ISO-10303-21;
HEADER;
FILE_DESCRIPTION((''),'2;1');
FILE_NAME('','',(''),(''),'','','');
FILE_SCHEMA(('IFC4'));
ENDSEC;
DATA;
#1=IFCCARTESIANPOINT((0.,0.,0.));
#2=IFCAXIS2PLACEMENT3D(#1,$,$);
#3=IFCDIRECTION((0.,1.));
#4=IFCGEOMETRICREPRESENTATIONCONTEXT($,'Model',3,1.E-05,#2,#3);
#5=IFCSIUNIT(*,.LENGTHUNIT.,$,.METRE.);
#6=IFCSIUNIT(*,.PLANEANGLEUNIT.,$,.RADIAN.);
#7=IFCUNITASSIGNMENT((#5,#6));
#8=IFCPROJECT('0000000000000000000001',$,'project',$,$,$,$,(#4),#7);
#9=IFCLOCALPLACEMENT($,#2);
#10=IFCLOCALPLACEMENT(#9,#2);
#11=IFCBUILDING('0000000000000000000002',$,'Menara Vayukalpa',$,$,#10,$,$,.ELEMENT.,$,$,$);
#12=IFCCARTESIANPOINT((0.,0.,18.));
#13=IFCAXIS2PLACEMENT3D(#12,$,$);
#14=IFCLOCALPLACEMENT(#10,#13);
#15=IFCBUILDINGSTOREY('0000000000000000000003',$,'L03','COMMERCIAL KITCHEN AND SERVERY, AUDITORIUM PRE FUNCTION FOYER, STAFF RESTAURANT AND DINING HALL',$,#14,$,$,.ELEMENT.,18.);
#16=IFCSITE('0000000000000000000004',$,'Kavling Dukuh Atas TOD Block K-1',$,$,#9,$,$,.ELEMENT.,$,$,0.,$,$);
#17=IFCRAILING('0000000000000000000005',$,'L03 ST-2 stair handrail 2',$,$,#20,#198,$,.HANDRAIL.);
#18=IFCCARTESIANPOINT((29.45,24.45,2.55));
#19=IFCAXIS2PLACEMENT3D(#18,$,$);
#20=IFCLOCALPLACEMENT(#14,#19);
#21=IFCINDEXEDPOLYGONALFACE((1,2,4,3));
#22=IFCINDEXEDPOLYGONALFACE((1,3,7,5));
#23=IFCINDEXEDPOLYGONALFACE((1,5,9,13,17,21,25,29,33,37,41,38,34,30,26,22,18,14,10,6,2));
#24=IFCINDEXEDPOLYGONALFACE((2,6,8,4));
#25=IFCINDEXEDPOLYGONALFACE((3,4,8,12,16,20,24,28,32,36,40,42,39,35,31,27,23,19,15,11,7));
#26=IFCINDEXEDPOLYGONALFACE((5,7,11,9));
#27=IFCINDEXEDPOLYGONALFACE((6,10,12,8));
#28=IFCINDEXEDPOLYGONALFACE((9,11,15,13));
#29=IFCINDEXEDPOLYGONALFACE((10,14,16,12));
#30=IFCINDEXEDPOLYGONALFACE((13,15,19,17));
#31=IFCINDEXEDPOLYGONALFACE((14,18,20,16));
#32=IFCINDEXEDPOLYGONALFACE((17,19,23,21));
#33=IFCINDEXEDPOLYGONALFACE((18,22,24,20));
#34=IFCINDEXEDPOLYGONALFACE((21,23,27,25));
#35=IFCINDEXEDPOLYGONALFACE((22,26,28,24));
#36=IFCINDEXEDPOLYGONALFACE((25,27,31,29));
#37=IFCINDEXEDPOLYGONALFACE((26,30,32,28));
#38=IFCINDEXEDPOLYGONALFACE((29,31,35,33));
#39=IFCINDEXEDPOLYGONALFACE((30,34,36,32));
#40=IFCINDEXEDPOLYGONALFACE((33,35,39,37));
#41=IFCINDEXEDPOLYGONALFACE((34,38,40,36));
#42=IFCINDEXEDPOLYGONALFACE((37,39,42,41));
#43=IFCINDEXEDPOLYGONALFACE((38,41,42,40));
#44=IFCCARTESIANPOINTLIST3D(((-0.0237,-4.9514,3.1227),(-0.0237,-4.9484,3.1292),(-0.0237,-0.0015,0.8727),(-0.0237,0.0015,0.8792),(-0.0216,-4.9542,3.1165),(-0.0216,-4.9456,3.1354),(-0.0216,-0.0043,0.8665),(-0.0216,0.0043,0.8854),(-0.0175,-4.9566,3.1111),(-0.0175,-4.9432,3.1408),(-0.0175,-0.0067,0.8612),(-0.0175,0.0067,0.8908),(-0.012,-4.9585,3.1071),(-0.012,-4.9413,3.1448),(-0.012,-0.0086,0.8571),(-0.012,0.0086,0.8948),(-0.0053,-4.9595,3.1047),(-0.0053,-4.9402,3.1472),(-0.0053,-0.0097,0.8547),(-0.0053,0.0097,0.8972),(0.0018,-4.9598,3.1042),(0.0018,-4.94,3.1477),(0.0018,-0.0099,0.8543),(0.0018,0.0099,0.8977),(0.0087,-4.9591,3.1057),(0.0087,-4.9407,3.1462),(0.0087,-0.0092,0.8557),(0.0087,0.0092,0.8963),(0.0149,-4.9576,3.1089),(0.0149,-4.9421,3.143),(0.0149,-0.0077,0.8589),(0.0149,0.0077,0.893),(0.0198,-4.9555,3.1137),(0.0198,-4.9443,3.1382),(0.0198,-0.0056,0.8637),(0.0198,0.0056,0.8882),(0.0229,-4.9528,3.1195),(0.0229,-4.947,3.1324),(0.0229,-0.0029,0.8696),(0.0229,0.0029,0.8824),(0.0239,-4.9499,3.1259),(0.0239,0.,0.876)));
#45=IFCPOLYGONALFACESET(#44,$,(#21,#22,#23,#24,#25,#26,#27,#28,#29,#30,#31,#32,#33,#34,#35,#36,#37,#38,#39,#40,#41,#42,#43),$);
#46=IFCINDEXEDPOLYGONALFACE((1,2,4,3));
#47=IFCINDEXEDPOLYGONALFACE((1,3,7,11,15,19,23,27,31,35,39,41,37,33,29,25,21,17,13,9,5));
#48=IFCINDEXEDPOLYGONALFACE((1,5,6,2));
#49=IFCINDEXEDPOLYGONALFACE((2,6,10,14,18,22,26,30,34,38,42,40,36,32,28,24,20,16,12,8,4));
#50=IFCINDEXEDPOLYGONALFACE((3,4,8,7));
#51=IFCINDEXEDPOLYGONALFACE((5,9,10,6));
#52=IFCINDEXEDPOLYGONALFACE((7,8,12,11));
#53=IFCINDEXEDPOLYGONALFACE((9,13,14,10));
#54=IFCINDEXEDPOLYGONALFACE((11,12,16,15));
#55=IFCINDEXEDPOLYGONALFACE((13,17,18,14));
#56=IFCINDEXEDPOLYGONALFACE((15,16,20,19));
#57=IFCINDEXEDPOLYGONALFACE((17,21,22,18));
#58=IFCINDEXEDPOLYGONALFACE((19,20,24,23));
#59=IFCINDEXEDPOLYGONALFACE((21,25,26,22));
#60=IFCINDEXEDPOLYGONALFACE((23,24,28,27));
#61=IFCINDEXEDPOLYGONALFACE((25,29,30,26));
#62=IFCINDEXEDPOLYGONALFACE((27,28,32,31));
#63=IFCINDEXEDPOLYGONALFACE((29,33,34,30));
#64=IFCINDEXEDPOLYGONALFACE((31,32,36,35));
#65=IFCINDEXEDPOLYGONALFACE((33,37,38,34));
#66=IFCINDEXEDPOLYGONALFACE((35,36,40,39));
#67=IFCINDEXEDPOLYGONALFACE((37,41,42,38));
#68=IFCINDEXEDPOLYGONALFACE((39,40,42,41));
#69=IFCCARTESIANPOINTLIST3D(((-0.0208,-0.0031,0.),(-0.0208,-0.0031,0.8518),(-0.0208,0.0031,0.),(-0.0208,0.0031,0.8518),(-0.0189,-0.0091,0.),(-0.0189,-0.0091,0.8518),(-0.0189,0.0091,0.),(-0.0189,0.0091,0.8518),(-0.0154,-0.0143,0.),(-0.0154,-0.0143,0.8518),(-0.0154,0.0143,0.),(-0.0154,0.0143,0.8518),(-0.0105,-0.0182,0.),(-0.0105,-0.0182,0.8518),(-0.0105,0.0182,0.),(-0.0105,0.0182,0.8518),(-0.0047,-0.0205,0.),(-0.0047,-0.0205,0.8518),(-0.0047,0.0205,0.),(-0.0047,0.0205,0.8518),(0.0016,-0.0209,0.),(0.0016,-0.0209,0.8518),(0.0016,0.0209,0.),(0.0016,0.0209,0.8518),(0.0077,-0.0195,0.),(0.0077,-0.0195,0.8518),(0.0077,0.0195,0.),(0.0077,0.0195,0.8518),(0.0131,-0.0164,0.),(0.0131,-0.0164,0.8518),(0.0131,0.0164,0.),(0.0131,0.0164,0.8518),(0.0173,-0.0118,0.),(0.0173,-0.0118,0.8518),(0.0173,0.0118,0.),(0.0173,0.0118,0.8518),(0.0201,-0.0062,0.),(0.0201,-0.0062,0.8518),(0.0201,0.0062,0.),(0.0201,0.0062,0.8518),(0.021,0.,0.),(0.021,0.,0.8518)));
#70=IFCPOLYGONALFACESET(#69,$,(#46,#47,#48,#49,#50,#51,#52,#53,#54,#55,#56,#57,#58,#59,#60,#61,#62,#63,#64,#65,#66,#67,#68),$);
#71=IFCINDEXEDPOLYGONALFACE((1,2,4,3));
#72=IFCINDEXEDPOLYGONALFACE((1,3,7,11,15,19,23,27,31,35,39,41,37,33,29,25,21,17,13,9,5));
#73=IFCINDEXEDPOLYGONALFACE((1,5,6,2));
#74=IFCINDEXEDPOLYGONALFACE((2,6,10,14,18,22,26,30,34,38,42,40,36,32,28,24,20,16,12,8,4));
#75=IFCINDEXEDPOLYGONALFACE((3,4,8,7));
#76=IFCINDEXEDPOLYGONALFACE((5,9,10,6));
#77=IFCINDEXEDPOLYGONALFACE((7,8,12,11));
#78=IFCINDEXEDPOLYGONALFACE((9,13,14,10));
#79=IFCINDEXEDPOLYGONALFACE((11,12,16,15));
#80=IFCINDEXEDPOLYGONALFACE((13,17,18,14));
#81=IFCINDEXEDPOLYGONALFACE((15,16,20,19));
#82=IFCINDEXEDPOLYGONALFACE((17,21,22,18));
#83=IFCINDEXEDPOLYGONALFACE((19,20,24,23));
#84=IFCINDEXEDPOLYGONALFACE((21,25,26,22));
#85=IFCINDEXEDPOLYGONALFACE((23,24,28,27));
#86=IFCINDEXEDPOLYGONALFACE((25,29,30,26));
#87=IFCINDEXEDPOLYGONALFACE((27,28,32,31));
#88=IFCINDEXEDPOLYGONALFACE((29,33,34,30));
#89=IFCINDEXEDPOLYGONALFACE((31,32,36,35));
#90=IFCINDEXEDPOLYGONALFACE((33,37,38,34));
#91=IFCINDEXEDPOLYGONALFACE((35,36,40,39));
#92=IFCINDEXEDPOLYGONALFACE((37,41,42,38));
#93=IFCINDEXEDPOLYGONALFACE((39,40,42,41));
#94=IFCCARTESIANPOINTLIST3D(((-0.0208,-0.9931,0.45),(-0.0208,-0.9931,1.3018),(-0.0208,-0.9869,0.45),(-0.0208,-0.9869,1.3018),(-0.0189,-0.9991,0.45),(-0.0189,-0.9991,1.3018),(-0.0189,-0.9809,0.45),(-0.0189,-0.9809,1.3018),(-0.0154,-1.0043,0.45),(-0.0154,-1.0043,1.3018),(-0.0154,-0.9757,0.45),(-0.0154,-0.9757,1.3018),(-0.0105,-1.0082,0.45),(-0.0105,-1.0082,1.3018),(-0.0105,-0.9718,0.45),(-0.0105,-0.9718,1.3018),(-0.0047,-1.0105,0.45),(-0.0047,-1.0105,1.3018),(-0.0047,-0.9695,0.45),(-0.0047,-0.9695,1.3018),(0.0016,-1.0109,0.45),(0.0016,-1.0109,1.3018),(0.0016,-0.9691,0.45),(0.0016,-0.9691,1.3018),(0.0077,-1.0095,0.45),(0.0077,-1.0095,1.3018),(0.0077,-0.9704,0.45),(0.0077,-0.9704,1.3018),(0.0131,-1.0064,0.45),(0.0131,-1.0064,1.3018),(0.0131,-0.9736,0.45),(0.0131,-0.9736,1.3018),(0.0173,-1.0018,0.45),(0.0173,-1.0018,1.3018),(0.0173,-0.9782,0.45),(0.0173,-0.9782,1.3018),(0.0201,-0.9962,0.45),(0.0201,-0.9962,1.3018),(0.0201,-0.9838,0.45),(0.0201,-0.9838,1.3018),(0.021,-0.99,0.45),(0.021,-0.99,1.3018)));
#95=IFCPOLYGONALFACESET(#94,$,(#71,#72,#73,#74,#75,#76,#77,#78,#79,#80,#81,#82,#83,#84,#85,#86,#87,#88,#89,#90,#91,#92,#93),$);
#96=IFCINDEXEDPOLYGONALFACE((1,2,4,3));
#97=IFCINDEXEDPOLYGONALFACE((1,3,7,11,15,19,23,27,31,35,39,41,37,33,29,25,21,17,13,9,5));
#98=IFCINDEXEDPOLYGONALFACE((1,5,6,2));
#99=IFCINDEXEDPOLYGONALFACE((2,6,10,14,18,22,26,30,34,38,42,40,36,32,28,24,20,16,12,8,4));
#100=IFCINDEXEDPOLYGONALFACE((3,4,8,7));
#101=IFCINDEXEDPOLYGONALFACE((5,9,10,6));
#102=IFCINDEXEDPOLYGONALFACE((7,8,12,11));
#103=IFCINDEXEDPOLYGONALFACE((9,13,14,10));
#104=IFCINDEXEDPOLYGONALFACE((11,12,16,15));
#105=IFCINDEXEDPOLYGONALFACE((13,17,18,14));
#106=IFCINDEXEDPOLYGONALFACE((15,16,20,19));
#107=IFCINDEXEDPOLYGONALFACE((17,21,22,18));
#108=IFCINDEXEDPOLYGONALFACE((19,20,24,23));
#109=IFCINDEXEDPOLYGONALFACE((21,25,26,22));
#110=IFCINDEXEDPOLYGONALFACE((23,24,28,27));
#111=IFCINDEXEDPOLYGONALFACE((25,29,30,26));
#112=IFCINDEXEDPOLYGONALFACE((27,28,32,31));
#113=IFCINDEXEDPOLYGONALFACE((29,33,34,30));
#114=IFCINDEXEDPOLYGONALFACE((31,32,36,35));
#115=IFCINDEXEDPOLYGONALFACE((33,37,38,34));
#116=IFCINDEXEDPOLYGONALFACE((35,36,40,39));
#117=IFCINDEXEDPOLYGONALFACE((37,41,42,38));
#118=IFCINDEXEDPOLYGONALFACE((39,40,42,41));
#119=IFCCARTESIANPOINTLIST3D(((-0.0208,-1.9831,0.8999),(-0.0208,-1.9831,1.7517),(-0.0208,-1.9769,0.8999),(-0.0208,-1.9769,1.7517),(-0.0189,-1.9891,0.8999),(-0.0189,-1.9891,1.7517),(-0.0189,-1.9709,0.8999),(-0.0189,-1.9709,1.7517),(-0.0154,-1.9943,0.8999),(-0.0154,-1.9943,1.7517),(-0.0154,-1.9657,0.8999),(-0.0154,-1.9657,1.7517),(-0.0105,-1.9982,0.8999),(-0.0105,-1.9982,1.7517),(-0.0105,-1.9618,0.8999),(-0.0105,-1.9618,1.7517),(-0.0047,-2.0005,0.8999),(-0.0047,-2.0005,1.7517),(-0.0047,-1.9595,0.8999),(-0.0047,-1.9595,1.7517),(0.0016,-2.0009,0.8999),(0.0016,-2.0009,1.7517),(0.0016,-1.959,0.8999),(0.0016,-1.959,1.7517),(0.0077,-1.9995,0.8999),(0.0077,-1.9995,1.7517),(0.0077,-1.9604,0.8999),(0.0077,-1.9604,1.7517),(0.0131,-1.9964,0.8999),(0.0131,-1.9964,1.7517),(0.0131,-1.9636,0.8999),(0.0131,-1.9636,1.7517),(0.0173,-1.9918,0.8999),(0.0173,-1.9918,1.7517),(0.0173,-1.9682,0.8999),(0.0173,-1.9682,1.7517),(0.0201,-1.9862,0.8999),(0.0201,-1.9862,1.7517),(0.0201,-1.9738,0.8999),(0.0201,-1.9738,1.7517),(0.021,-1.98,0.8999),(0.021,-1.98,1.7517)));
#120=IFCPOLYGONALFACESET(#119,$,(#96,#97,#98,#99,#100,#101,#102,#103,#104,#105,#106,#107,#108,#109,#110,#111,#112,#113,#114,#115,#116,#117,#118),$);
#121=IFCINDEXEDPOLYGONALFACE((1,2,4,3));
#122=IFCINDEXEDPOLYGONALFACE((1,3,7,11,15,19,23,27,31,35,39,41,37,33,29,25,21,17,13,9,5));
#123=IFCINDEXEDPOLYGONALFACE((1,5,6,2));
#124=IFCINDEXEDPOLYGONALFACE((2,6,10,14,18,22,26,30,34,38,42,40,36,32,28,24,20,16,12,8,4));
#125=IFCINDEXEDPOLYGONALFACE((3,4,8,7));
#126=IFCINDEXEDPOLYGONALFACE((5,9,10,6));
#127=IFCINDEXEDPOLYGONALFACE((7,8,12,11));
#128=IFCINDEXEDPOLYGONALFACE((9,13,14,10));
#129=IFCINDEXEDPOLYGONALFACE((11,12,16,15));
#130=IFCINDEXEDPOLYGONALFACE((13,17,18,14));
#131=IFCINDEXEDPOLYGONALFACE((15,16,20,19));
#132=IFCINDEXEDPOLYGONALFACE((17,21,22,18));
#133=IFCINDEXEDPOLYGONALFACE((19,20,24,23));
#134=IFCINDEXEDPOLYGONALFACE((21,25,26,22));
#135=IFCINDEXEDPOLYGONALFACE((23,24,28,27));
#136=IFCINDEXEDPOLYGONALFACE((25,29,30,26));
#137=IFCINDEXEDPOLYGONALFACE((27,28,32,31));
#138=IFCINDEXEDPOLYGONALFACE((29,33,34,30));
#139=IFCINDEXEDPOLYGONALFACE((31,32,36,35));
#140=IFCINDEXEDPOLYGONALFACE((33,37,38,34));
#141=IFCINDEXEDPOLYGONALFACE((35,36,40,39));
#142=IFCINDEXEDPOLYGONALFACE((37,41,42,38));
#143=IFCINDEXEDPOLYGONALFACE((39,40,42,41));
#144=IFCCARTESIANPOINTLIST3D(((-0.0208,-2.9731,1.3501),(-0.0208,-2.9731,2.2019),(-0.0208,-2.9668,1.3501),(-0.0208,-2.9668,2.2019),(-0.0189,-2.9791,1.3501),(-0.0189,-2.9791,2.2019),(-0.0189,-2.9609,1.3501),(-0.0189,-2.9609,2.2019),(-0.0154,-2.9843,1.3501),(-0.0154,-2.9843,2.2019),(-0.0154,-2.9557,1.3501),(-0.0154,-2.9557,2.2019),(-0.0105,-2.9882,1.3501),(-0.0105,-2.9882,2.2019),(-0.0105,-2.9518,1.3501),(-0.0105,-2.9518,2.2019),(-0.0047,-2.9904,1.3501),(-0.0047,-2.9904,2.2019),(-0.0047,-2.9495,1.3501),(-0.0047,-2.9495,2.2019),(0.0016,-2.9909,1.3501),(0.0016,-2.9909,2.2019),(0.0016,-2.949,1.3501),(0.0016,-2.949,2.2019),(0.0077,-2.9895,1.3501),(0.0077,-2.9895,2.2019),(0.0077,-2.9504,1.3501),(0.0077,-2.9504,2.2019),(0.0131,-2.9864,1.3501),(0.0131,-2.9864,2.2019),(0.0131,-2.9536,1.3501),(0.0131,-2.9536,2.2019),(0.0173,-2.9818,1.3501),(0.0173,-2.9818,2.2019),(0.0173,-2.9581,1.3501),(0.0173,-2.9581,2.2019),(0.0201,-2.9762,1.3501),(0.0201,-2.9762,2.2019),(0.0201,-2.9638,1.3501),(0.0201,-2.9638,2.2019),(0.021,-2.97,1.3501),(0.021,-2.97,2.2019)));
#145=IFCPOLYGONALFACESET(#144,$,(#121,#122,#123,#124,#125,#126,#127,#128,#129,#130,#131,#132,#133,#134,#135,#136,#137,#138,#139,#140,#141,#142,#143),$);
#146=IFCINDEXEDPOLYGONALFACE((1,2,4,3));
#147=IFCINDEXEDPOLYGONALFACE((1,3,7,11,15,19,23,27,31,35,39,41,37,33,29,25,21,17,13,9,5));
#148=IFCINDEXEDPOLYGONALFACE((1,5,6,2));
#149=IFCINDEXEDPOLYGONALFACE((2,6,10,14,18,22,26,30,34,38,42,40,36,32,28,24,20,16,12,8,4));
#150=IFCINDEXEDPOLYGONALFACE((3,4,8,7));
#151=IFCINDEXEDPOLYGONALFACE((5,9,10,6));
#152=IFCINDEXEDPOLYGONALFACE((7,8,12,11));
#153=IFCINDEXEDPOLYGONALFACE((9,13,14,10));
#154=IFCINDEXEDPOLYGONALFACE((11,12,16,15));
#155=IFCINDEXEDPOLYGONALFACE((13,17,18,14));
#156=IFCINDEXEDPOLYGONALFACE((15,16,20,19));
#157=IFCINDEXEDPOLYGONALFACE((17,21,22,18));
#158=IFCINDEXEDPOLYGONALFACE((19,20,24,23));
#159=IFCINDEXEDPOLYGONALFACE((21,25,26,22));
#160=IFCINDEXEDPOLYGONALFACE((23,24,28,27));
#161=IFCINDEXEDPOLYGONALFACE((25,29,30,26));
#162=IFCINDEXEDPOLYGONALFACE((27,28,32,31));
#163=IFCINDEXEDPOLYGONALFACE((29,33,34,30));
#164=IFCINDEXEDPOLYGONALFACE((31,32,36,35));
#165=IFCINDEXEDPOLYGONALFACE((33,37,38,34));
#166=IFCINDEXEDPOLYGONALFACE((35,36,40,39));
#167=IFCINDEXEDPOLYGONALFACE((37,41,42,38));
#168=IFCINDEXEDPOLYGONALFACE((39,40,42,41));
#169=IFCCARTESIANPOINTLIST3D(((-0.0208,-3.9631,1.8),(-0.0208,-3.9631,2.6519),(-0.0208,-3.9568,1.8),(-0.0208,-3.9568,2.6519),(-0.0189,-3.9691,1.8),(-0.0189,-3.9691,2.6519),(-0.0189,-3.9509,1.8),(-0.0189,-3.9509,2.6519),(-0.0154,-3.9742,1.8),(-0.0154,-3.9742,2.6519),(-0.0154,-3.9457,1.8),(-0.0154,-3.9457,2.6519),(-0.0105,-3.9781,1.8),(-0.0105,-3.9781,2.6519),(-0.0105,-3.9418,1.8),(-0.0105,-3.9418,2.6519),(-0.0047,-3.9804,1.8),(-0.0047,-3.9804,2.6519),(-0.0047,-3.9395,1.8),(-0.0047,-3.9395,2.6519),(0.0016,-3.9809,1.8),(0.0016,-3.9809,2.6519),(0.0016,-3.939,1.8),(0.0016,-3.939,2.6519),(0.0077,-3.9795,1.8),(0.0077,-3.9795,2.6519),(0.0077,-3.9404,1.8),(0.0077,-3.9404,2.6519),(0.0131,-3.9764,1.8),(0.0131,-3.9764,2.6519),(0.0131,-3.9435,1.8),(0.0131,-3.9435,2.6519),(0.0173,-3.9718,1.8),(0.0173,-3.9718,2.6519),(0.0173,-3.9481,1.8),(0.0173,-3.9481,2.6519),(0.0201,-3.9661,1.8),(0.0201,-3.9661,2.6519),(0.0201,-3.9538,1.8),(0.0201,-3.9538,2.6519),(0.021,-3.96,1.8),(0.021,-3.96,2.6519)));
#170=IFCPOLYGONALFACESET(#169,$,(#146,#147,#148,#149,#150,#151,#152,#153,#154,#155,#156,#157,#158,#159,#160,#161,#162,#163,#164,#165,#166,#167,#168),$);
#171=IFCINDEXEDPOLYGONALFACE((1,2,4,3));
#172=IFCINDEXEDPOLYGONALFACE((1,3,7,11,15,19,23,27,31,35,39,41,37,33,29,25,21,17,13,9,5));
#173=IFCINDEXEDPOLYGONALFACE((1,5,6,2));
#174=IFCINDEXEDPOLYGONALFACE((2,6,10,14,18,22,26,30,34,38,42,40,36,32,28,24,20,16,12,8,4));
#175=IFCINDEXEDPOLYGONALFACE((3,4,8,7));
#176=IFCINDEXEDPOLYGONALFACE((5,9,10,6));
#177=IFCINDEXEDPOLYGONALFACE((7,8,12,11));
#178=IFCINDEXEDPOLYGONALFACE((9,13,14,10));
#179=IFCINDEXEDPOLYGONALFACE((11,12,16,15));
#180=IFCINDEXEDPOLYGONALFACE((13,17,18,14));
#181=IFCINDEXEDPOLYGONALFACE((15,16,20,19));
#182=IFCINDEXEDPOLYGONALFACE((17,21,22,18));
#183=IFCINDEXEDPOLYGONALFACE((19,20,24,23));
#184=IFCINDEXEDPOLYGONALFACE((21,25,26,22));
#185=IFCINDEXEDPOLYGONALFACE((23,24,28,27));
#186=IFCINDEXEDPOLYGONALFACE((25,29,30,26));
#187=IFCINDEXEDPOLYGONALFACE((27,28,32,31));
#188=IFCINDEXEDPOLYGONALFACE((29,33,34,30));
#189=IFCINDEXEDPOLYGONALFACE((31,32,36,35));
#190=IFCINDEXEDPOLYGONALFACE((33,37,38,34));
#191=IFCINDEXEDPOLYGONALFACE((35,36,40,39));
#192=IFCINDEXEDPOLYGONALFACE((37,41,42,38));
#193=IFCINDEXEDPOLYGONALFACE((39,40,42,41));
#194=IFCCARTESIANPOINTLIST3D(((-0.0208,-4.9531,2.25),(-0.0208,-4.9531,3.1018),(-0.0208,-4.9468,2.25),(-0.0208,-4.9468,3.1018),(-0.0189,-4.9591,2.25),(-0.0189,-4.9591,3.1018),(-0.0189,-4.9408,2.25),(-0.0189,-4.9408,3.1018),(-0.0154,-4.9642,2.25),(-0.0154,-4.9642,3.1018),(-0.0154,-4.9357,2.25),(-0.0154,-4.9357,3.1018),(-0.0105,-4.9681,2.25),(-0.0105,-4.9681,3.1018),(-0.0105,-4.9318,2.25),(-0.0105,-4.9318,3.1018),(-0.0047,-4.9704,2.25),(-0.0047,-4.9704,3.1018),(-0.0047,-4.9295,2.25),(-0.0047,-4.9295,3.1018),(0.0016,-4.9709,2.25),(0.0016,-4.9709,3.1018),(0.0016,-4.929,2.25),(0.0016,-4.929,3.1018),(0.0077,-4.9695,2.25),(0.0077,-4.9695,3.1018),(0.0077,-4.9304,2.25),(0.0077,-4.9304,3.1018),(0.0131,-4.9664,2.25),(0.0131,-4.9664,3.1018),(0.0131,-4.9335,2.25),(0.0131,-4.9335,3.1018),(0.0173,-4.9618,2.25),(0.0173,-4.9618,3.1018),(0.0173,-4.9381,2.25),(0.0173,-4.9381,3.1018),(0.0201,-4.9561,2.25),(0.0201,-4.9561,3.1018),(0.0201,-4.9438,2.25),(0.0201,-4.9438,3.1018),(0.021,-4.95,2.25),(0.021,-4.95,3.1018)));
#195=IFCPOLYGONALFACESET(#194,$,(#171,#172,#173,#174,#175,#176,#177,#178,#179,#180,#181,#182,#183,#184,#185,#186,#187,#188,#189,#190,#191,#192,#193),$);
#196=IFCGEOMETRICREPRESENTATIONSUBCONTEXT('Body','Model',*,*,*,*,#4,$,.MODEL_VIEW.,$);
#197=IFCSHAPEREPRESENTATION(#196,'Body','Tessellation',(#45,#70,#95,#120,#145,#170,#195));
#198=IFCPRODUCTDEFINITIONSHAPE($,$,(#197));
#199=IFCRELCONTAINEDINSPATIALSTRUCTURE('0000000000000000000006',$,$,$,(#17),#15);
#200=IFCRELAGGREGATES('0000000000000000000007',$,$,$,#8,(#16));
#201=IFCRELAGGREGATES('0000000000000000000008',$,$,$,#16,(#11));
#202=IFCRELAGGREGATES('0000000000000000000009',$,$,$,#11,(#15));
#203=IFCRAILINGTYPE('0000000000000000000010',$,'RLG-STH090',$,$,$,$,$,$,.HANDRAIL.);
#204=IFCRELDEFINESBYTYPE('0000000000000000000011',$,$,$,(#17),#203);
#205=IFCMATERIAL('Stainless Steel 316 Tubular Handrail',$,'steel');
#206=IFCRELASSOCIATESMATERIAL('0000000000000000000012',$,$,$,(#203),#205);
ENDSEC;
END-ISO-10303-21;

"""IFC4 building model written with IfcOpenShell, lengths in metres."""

from ifc_helpers import new_model, si_unit, direction, frame, origin, origin_2d, place, context, subcontext, project, spatial, circle, extrude, material, type_object, element, save


model = new_model("IFC4")

# Units and contexts
model_context = context("Model", 3, precision=1e-05, world=origin(), true_north=direction((0.0, 1.0)))
body_context = subcontext(model_context, "Body", "Model", "MODEL_VIEW")
ifc_project = project(units=[si_unit("LENGTHUNIT", "METRE"), si_unit("PLANEANGLEUNIT", "RADIAN")], contexts=[model_context])

# Site, building, storey
site_placement = place(None, origin())
site = spatial("IfcSite", under=ifc_project, at=site_placement, Name="Kavling Dukuh Atas TOD Block K-1", CompositionType="ELEMENT", RefElevation=0.0)
building_placement = place(site_placement, origin())
building = spatial("IfcBuilding", under=site, at=building_placement, Name="Menara Vayukalpa", CompositionType="ELEMENT")
storey_placement = place(building_placement, frame((0.0, 0.0, 18.0)))
storey = spatial("IfcBuildingStorey", under=building, at=storey_placement, Name="L03", Description="COMMERCIAL KITCHEN AND SERVERY, AUDITORIUM PRE FUNCTION FOYER, STAFF RESTAURANT AND DINING HALL", CompositionType="ELEMENT", Elevation=18.0)

# Railing
ifc_material_1 = material(Name="Stainless Steel 316 Tubular Handrail", Category="steel")
railing_type_1 = type_object("IfcRailingType", Name="RLG-STH090", PredefinedType="HANDRAIL", material=ifc_material_1)
railing_1_placement = place(storey_placement, frame((29.45, 24.45, 2.55)))
element("IfcRailing", 1, at=railing_1_placement, inside=storey, type_object=railing_type_1, Name="L03 ST-2 stair handrail 2", PredefinedType="HANDRAIL", context=body_context, shape_type="SweptSolid", body=[
    extrude(circle(Radius=0.0239, at=origin_2d()), frame((0.0, 0.0, 0.876), z_axis=(0.0, -0.910365, 0.413806), x_axis=(1.0, 0.0, 0.0)), (0.0, 0.0, 1.0), 5.4373),
    extrude(circle(Radius=0.021, at=origin_2d()), origin(), (0.0, 0.0, 1.0), 0.8518),
    extrude(circle(Radius=0.021, at=origin_2d()), frame((0.0, -0.99, 0.45)), (0.0, 0.0, 1.0), 0.8518),
    extrude(circle(Radius=0.021, at=origin_2d()), frame((0.0, -1.98, 0.8999)), (0.0, 0.0, 1.0), 0.8518),
    extrude(circle(Radius=0.021, at=origin_2d()), frame((0.0, -2.97, 1.3501)), (0.0, 0.0, 1.0), 0.8518),
    extrude(circle(Radius=0.021, at=origin_2d()), frame((0.0, -3.96, 1.8)), (0.0, 0.0, 1.0), 0.8518),
    extrude(circle(Radius=0.021, at=origin_2d()), frame((0.0, -4.95, 2.25)), (0.0, 0.0, 1.0), 0.8518),
])

save(model, "model.ifc")
